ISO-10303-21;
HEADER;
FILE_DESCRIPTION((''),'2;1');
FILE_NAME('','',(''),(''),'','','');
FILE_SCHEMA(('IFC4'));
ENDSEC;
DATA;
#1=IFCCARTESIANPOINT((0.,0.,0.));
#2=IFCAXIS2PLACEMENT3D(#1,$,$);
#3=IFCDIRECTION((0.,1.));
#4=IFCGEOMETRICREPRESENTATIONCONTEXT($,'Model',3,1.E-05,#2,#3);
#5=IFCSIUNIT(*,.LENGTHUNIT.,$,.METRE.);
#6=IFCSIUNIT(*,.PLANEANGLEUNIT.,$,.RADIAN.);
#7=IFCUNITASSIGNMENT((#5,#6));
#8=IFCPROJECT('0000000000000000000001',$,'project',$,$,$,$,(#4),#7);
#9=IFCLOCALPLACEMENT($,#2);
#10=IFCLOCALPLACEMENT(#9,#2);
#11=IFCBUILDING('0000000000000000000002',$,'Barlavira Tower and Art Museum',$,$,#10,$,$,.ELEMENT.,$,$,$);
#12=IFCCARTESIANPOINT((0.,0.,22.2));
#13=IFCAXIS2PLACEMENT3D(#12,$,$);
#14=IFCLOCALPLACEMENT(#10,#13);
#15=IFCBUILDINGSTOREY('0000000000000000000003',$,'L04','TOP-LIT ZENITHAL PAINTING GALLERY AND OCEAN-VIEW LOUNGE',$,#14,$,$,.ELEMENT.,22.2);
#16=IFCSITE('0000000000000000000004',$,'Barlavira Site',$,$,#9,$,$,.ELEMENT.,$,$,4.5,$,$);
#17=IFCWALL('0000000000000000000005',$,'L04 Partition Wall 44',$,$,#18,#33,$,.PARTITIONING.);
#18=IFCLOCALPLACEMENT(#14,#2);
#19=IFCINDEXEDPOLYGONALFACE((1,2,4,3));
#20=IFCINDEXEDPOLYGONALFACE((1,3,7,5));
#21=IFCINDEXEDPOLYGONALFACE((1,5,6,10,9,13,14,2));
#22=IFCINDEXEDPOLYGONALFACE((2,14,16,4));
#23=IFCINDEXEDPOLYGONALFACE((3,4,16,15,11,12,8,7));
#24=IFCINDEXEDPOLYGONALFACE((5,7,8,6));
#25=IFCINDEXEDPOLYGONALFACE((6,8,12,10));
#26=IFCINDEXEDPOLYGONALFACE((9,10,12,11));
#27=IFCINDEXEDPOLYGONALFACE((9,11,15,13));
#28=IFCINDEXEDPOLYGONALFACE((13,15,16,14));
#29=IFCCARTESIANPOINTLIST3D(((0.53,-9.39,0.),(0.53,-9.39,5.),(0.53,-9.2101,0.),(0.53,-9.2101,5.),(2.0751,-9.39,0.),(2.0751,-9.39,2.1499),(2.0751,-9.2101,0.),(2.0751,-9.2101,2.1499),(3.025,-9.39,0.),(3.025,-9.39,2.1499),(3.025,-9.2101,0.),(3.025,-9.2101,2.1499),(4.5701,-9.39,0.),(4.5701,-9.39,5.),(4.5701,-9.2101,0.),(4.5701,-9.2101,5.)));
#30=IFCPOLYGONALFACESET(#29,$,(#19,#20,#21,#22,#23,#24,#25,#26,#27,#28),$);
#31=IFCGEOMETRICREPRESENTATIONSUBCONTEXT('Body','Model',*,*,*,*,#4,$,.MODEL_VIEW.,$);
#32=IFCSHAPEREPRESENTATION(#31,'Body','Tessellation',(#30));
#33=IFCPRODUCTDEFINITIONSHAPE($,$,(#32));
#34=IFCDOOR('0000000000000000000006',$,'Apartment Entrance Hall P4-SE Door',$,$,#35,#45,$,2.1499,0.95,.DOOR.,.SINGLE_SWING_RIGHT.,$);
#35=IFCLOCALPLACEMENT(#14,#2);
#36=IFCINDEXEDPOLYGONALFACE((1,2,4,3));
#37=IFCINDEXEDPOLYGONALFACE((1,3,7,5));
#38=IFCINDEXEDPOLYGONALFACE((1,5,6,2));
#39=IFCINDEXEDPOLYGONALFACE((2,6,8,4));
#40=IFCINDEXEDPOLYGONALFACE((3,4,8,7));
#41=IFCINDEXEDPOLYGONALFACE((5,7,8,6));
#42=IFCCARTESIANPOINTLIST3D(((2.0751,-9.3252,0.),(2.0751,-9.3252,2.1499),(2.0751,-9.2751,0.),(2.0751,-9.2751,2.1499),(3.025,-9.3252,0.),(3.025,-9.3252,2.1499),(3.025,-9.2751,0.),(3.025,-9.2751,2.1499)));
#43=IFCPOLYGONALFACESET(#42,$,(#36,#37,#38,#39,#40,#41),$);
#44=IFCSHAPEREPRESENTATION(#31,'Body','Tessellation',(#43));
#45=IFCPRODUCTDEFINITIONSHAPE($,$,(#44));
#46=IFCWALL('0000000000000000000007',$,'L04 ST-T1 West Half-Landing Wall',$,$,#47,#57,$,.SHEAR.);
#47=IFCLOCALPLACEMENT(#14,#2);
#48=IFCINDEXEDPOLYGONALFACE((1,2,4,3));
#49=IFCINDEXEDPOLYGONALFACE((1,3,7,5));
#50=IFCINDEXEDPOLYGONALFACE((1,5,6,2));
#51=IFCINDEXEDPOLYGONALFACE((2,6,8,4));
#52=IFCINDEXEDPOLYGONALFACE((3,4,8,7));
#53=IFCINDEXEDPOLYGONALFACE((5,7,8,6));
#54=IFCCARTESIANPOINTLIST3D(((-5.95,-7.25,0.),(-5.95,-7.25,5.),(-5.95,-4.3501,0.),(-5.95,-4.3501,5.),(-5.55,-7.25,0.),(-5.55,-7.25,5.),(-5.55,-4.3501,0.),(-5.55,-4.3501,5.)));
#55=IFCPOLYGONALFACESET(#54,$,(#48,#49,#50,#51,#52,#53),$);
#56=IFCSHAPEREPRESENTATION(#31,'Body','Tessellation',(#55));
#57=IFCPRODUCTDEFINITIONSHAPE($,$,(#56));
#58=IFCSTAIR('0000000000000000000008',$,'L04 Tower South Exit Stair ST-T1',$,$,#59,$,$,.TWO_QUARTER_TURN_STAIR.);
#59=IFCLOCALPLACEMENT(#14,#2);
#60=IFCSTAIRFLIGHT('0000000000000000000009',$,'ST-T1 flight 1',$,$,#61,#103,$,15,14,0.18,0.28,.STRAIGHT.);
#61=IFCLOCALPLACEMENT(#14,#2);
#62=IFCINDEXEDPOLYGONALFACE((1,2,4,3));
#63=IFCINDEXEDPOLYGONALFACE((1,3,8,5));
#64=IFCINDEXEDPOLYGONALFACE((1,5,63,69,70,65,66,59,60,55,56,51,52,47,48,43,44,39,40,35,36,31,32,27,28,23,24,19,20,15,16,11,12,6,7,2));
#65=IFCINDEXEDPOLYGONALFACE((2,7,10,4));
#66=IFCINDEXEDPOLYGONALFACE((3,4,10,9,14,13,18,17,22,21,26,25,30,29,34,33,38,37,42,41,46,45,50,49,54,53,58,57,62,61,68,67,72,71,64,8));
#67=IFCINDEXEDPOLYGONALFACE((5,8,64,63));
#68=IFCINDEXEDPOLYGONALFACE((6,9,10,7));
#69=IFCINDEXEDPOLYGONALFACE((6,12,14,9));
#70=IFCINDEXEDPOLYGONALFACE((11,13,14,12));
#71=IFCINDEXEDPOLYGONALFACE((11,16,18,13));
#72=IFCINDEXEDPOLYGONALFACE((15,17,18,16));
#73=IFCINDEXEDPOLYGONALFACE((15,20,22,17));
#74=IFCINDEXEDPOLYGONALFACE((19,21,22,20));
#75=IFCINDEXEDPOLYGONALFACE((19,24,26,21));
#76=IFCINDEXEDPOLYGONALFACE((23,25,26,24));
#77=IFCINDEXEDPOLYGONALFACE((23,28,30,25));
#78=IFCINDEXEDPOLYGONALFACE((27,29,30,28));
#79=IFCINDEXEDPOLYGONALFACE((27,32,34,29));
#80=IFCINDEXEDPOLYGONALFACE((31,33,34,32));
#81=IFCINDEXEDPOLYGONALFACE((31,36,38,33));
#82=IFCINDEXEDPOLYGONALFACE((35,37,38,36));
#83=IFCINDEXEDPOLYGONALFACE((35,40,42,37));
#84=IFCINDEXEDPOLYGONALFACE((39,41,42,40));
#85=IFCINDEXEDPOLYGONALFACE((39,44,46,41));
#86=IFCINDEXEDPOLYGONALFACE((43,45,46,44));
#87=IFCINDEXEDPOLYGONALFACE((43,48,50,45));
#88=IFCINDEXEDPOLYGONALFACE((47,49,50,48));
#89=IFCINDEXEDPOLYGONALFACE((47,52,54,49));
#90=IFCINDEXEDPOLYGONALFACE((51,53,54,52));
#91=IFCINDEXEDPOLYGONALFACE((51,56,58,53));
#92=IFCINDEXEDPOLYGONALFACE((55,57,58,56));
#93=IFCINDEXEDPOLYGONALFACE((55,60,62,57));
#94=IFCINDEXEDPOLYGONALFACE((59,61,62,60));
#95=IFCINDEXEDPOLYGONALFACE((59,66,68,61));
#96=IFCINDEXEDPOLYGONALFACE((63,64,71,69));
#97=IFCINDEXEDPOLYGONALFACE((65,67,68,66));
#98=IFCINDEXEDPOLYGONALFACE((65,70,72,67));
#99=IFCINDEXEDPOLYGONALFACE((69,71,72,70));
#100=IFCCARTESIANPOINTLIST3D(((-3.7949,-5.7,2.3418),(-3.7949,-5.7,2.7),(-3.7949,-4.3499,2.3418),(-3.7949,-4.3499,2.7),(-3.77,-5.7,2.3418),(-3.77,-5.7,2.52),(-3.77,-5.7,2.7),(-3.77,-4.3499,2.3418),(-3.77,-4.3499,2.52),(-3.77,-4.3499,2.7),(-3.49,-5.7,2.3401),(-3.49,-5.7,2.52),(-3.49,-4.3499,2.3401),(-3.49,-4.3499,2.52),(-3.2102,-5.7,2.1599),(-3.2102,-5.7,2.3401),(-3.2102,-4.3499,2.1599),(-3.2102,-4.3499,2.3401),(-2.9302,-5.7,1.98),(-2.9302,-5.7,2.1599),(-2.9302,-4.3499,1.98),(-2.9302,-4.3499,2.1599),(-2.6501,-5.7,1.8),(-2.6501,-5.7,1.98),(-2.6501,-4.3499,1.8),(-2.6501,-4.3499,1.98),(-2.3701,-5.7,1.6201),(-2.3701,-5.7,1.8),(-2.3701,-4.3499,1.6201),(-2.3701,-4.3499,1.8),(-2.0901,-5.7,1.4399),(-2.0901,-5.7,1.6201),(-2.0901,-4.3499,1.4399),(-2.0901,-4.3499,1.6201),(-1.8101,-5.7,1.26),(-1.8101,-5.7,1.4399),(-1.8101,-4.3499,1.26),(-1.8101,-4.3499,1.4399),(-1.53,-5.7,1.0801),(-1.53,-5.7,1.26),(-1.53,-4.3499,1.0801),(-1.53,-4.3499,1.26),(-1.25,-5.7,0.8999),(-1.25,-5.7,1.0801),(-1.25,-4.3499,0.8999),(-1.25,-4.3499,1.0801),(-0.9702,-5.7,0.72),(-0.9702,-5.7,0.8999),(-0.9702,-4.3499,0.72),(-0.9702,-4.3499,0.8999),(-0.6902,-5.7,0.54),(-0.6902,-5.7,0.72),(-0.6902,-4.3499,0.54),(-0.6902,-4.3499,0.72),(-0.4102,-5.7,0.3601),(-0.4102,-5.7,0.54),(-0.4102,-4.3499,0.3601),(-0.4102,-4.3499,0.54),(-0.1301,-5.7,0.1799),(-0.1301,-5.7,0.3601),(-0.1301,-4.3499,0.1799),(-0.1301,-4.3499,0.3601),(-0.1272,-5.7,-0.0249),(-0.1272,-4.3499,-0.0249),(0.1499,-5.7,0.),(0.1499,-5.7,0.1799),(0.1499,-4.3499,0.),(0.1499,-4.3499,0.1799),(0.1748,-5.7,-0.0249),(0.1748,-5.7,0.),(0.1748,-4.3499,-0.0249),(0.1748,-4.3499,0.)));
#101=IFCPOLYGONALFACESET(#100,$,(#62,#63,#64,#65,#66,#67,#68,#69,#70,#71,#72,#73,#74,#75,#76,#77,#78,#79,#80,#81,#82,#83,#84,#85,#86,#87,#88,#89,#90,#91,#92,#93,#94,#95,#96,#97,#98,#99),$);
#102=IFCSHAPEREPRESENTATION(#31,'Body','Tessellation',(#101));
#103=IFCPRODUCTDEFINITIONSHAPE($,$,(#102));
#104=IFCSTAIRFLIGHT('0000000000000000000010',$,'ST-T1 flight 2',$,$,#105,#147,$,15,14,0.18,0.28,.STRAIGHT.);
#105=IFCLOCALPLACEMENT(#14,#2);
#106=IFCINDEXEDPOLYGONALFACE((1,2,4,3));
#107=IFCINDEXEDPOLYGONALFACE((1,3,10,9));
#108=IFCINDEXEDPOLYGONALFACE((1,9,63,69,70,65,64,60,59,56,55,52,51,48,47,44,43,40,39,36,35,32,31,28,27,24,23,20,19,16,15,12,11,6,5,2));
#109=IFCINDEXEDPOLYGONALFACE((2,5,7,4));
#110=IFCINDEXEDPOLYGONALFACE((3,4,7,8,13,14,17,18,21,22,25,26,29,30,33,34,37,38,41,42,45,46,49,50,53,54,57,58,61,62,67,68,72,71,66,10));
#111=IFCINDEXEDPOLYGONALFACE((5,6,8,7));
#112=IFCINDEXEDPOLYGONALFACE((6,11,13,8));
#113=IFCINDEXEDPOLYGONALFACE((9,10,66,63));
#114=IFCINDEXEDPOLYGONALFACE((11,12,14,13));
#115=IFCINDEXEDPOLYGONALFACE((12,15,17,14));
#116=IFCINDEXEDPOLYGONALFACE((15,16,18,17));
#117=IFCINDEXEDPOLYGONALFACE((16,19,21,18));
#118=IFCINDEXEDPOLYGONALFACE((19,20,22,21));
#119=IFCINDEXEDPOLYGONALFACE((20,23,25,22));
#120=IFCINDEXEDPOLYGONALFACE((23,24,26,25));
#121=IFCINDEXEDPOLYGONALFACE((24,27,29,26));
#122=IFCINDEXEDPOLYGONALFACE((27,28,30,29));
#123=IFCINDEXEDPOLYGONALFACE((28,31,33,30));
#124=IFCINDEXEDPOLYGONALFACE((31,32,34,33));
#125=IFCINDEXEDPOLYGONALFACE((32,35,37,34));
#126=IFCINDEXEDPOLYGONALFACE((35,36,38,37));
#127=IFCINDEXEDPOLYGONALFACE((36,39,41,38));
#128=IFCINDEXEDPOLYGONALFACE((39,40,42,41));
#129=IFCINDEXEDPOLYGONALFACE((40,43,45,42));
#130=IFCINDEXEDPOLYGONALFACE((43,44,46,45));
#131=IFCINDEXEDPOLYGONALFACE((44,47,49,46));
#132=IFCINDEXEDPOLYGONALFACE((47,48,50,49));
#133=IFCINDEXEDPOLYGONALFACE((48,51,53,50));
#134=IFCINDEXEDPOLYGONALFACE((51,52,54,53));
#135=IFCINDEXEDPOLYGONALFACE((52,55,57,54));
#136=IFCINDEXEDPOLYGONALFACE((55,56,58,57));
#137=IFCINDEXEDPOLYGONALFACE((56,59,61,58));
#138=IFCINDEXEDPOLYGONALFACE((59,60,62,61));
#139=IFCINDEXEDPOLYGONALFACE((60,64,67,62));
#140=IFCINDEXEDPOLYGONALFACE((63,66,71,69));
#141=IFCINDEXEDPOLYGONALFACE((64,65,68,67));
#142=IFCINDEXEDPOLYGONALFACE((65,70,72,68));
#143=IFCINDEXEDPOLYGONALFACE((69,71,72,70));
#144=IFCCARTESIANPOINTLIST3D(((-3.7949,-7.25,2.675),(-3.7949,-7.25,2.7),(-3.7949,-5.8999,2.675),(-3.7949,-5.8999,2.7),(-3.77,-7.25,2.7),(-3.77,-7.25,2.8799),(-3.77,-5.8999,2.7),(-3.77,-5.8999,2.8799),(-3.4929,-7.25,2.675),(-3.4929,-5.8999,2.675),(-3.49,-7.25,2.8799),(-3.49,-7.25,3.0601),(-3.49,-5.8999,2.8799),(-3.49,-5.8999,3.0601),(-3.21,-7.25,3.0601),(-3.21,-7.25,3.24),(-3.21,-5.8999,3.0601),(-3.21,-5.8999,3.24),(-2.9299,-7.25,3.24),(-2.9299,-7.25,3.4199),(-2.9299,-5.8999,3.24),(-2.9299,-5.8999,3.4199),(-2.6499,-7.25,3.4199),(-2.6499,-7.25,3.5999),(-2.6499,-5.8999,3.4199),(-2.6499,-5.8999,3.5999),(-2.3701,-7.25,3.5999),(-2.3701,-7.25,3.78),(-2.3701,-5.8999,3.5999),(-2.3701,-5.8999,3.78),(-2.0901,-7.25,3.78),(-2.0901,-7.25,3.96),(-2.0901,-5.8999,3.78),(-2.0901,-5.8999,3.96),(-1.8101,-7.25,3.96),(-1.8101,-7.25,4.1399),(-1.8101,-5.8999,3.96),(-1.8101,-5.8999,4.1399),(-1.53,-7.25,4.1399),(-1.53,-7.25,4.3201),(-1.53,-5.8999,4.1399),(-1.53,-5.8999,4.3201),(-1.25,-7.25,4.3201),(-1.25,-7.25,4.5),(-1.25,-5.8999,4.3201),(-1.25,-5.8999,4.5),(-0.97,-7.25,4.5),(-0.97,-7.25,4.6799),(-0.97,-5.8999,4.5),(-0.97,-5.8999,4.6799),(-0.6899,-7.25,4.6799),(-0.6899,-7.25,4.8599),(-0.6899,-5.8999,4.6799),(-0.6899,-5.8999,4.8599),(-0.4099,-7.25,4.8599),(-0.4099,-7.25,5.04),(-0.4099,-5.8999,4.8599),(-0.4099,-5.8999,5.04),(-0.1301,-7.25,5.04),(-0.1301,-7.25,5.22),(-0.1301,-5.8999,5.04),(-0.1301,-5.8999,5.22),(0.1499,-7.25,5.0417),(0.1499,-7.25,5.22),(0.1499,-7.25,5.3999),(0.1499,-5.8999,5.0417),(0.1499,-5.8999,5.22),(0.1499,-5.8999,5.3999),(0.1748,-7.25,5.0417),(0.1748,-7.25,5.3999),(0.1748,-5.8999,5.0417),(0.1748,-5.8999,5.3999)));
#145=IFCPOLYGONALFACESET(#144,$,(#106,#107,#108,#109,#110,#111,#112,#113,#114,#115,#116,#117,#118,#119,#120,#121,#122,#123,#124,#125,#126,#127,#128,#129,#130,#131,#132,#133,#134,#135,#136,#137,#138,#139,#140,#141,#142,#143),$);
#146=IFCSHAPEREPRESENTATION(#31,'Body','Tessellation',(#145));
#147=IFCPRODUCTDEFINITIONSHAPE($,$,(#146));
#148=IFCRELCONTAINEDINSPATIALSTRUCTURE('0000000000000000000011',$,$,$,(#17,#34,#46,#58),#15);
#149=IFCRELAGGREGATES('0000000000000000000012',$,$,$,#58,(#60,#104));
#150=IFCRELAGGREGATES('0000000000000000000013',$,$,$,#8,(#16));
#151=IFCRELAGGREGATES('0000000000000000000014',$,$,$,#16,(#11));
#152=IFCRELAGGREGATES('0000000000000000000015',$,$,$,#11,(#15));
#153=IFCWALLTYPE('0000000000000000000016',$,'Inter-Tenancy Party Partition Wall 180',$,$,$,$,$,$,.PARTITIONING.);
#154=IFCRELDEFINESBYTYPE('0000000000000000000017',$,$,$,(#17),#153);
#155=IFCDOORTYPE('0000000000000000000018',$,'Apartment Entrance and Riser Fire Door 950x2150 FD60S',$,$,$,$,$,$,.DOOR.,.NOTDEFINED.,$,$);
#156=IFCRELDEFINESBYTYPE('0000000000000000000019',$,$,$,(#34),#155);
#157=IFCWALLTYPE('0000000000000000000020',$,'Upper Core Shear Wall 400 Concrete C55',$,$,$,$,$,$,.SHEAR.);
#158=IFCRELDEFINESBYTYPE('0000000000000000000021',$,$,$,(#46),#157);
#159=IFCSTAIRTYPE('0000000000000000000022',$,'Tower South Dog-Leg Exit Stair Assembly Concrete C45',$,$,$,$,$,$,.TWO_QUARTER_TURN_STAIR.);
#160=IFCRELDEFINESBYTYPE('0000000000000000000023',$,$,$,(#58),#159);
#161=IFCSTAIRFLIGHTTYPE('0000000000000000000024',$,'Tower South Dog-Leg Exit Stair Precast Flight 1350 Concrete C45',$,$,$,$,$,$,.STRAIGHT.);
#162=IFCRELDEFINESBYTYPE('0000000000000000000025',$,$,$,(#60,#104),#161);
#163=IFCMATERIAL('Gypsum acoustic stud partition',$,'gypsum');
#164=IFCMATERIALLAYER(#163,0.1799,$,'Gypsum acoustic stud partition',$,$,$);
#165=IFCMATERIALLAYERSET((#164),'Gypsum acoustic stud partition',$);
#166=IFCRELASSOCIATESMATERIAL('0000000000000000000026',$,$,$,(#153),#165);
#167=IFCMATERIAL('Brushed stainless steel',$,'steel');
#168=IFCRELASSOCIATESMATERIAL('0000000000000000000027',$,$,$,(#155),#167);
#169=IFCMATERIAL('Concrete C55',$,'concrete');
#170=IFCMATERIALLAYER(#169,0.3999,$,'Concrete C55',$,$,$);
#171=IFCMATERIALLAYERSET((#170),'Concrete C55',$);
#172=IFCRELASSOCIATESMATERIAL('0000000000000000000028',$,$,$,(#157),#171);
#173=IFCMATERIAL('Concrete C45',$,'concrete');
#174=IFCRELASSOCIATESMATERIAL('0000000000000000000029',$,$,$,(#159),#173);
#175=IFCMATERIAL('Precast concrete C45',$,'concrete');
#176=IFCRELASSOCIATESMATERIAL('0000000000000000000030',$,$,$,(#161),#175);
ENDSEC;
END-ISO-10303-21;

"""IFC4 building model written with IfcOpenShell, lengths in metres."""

from ifc_helpers import new_model, si_unit, direction, frame, frame_2d, origin, place, context, subcontext, project, spatial, polyline, rectangle, outline, extrude, material, layer, layer_set, type_object, element, fill, aggregate, save


model = new_model("IFC4")

# Units and contexts
model_context = context("Model", 3, precision=1e-05, world=origin(), true_north=direction((0.0, 1.0)))
body_context = subcontext(model_context, "Body", "Model", "MODEL_VIEW")
ifc_project = project(units=[si_unit("LENGTHUNIT", "METRE"), si_unit("PLANEANGLEUNIT", "RADIAN")], contexts=[model_context])

# Site, building, storey
site_placement = place(None, origin())
site = spatial("IfcSite", under=ifc_project, at=site_placement, Name="Barlavira Site", CompositionType="ELEMENT", RefElevation=4.5)
building_placement = place(site_placement, origin())
building = spatial("IfcBuilding", under=site, at=building_placement, Name="Barlavira Tower and Art Museum", CompositionType="ELEMENT")
storey_placement = place(building_placement, frame((0.0, 0.0, 22.2)))
storey = spatial("IfcBuildingStorey", under=building, at=storey_placement, Name="L04", Description="TOP-LIT ZENITHAL PAINTING GALLERY AND OCEAN-VIEW LOUNGE", CompositionType="ELEMENT", Elevation=22.2)

# Shared definitions
ifc_material_1 = material(Name="Brushed stainless steel", Category="steel")

# Shared definitions
ifc_material_2 = material(Name="Gypsum acoustic stud partition", Category="gypsum")
ifc_layer_1 = layer(ifc_material_2, 0.1799, Name="Gypsum acoustic stud partition")
ifc_layer_set_1 = layer_set([ifc_layer_1], Name="Gypsum acoustic stud partition")
wall_type_1 = type_object("IfcWallType", Name="Inter-Tenancy Party Partition Wall 180", PredefinedType="PARTITIONING", material=ifc_layer_set_1)

# Wall, opening, door
wall_1_placement = place(storey_placement, frame((0.53, -9.3, 0.0), z_axis=(0.0, 0.0, 1.0), x_axis=(1.0, 0.0, 0.0)))
wall_1 = element("IfcWall", 1, at=wall_1_placement, inside=storey, type_object=wall_type_1, Name="L04 Partition Wall 44", PredefinedType="PARTITIONING", context=body_context, shape_type="SweptSolid", body=[
    extrude(rectangle(XDim=4.04, YDim=0.1799, at=frame_2d((2.02, 0.0))), origin(), (0.0, 0.0, 1.0), 5.0),
])
opening_1_placement = place(wall_1_placement, frame((1.5449, 0.0, 0.0)))
opening_1 = element("IfcOpeningElement", 2, at=opening_1_placement, cuts=wall_1, PredefinedType="OPENING", context=body_context, shape_type="SweptSolid", body=[
    extrude(rectangle(XDim=0.95, YDim=2.1499, at=frame_2d((0.4751, 1.075))), frame((0.0, 0.1001, 0.0), z_axis=(0.0, -1.0, 0.0), x_axis=(1.0, 0.0, 0.0)), (0.0, 0.0, 1.0), 0.2),
])
door_type_1 = type_object("IfcDoorType", Name="Apartment Entrance and Riser Fire Door 950x2150 FD60S", OperationType="NOTDEFINED", PredefinedType="DOOR", material=ifc_material_1)
door_1_placement = place(opening_1_placement, origin())
door_1 = element("IfcDoor", 3, at=door_1_placement, inside=storey, type_object=door_type_1, Name="Apartment Entrance Hall P4-SE Door", OperationType="SINGLE_SWING_RIGHT", OverallHeight=2.1499, OverallWidth=0.95, PredefinedType="DOOR", context=body_context, shape_type="SweptSolid", body=[
    extrude(rectangle(XDim=0.95, YDim=2.1499, at=frame_2d((0.4751, 1.075))), frame((0.0, 0.0249, 0.0), z_axis=(0.0, -1.0, 0.0), x_axis=(1.0, 0.0, 0.0)), (0.0, 0.0, 1.0), 0.05),
])
fill(opening_1, door_1)

# Wall
ifc_material_3 = material(Name="Concrete C55", Category="concrete")
ifc_layer_2 = layer(ifc_material_3, 0.3999, Name="Concrete C55")
ifc_layer_set_2 = layer_set([ifc_layer_2], Name="Concrete C55")
wall_type_2 = type_object("IfcWallType", Name="Upper Core Shear Wall 400 Concrete C55", PredefinedType="SHEAR", material=ifc_layer_set_2)
wall_2_placement = place(storey_placement, frame((-5.75, -7.25, 0.0), z_axis=(0.0, 0.0, 1.0), x_axis=(0.0, 1.0, 0.0)))
element("IfcWall", 4, at=wall_2_placement, inside=storey, type_object=wall_type_2, Name="L04 ST-T1 West Half-Landing Wall", PredefinedType="SHEAR", context=body_context, shape_type="SweptSolid", body=[
    extrude(rectangle(XDim=2.8999, YDim=0.3999, at=frame_2d((1.45, 0.0))), origin(), (0.0, 0.0, 1.0), 5.0),
])

# Stair, stair flights
ifc_material_4 = material(Name="Concrete C45", Category="concrete")
stair_type = type_object("IfcStairType", Name="Tower South Dog-Leg Exit Stair Assembly Concrete C45", PredefinedType="TWO_QUARTER_TURN_STAIR", material=ifc_material_4)
stair_placement = place(storey_placement, origin())
stair = element("IfcStair", 5, at=stair_placement, inside=storey, type_object=stair_type, Name="L04 Tower South Exit Stair ST-T1", PredefinedType="TWO_QUARTER_TURN_STAIR")
ifc_material_5 = material(Name="Precast concrete C45", Category="concrete")
stair_flight_type = type_object("IfcStairFlightType", Name="Tower South Dog-Leg Exit Stair Precast Flight 1350 Concrete C45", PredefinedType="STRAIGHT", material=ifc_material_5)
stair_flight_1_placement = place(storey_placement, frame((0.1499, -5.0249, 0.0), z_axis=(0.0, 0.0, 1.0), x_axis=(-1.0, 0.0, 0.0)))
stair_flight_1 = element("IfcStairFlight", 6, at=stair_flight_1_placement, type_object=stair_flight_type, Name="ST-T1 flight 1", NumberOfRisers=15, NumberOfTreads=14, PredefinedType="STRAIGHT", RiserHeight=0.18, TreadLength=0.28, context=body_context, shape_type="SweptSolid", body=[
    extrude(outline(polyline([(-0.0249, 0.0), (0.0, 0.0), (0.0, 0.1799), (0.28, 0.1799), (0.28, 0.3601), (0.5601, 0.3601), (0.5601, 0.54), (0.8401, 0.54), (0.8401, 0.72), (1.1201, 0.72), (1.1201, 0.8999), (1.3999, 0.8999), (1.3999, 1.0801), (1.6799, 1.0801), (1.6799, 1.26), (1.96, 1.26), (1.96, 1.4399), (2.24, 1.4399), (2.24, 1.6201), (2.52, 1.6201), (2.52, 1.8), (2.8, 1.8), (2.8, 1.98), (3.0801, 1.98), (3.0801, 2.1599), (3.3601, 2.1599), (3.3601, 2.3401), (3.6399, 2.3401), (3.6399, 2.52), (3.9199, 2.52), (3.9199, 2.7), (3.9448, 2.7), (3.9448, 2.3418), (3.9199, 2.3418), (0.2771, -0.0249), (-0.0249, -0.0249), (-0.0249, 0.0)])), frame((0.0, 0.675, 0.0), z_axis=(0.0, -1.0, 0.0), x_axis=(1.0, 0.0, 0.0)), (0.0, 0.0, 1.0), 1.3501),
])
stair_flight_2_placement = place(storey_placement, frame((-3.77, -6.575, 2.7), z_axis=(0.0, 0.0, 1.0), x_axis=(1.0, 0.0, 0.0)))
stair_flight_2 = element("IfcStairFlight", 7, at=stair_flight_2_placement, type_object=stair_flight_type, Name="ST-T1 flight 2", NumberOfRisers=15, NumberOfTreads=14, PredefinedType="STRAIGHT", RiserHeight=0.18, TreadLength=0.28, context=body_context, shape_type="SweptSolid", body=[
    extrude(outline(polyline([(-0.0249, 0.0), (0.0, 0.0), (0.0, 0.1799), (0.28, 0.1799), (0.28, 0.3601), (0.5601, 0.3601), (0.5601, 0.54), (0.8401, 0.54), (0.8401, 0.72), (1.1201, 0.72), (1.1201, 0.8999), (1.3999, 0.8999), (1.3999, 1.0801), (1.6799, 1.0801), (1.6799, 1.26), (1.96, 1.26), (1.96, 1.4399), (2.24, 1.4399), (2.24, 1.6201), (2.52, 1.6201), (2.52, 1.8), (2.8, 1.8), (2.8, 1.98), (3.0801, 1.98), (3.0801, 2.1599), (3.3601, 2.1599), (3.3601, 2.3401), (3.6399, 2.3401), (3.6399, 2.52), (3.9199, 2.52), (3.9199, 2.7), (3.9448, 2.7), (3.9448, 2.3418), (3.9199, 2.3418), (0.2771, -0.0249), (-0.0249, -0.0249), (-0.0249, 0.0)])), frame((0.0, 0.675, 0.0), z_axis=(0.0, -1.0, 0.0), x_axis=(1.0, 0.0, 0.0)), (0.0, 0.0, 1.0), 1.3501),
])
aggregate(stair, [stair_flight_1, stair_flight_2])

save(model, "model.ifc")
